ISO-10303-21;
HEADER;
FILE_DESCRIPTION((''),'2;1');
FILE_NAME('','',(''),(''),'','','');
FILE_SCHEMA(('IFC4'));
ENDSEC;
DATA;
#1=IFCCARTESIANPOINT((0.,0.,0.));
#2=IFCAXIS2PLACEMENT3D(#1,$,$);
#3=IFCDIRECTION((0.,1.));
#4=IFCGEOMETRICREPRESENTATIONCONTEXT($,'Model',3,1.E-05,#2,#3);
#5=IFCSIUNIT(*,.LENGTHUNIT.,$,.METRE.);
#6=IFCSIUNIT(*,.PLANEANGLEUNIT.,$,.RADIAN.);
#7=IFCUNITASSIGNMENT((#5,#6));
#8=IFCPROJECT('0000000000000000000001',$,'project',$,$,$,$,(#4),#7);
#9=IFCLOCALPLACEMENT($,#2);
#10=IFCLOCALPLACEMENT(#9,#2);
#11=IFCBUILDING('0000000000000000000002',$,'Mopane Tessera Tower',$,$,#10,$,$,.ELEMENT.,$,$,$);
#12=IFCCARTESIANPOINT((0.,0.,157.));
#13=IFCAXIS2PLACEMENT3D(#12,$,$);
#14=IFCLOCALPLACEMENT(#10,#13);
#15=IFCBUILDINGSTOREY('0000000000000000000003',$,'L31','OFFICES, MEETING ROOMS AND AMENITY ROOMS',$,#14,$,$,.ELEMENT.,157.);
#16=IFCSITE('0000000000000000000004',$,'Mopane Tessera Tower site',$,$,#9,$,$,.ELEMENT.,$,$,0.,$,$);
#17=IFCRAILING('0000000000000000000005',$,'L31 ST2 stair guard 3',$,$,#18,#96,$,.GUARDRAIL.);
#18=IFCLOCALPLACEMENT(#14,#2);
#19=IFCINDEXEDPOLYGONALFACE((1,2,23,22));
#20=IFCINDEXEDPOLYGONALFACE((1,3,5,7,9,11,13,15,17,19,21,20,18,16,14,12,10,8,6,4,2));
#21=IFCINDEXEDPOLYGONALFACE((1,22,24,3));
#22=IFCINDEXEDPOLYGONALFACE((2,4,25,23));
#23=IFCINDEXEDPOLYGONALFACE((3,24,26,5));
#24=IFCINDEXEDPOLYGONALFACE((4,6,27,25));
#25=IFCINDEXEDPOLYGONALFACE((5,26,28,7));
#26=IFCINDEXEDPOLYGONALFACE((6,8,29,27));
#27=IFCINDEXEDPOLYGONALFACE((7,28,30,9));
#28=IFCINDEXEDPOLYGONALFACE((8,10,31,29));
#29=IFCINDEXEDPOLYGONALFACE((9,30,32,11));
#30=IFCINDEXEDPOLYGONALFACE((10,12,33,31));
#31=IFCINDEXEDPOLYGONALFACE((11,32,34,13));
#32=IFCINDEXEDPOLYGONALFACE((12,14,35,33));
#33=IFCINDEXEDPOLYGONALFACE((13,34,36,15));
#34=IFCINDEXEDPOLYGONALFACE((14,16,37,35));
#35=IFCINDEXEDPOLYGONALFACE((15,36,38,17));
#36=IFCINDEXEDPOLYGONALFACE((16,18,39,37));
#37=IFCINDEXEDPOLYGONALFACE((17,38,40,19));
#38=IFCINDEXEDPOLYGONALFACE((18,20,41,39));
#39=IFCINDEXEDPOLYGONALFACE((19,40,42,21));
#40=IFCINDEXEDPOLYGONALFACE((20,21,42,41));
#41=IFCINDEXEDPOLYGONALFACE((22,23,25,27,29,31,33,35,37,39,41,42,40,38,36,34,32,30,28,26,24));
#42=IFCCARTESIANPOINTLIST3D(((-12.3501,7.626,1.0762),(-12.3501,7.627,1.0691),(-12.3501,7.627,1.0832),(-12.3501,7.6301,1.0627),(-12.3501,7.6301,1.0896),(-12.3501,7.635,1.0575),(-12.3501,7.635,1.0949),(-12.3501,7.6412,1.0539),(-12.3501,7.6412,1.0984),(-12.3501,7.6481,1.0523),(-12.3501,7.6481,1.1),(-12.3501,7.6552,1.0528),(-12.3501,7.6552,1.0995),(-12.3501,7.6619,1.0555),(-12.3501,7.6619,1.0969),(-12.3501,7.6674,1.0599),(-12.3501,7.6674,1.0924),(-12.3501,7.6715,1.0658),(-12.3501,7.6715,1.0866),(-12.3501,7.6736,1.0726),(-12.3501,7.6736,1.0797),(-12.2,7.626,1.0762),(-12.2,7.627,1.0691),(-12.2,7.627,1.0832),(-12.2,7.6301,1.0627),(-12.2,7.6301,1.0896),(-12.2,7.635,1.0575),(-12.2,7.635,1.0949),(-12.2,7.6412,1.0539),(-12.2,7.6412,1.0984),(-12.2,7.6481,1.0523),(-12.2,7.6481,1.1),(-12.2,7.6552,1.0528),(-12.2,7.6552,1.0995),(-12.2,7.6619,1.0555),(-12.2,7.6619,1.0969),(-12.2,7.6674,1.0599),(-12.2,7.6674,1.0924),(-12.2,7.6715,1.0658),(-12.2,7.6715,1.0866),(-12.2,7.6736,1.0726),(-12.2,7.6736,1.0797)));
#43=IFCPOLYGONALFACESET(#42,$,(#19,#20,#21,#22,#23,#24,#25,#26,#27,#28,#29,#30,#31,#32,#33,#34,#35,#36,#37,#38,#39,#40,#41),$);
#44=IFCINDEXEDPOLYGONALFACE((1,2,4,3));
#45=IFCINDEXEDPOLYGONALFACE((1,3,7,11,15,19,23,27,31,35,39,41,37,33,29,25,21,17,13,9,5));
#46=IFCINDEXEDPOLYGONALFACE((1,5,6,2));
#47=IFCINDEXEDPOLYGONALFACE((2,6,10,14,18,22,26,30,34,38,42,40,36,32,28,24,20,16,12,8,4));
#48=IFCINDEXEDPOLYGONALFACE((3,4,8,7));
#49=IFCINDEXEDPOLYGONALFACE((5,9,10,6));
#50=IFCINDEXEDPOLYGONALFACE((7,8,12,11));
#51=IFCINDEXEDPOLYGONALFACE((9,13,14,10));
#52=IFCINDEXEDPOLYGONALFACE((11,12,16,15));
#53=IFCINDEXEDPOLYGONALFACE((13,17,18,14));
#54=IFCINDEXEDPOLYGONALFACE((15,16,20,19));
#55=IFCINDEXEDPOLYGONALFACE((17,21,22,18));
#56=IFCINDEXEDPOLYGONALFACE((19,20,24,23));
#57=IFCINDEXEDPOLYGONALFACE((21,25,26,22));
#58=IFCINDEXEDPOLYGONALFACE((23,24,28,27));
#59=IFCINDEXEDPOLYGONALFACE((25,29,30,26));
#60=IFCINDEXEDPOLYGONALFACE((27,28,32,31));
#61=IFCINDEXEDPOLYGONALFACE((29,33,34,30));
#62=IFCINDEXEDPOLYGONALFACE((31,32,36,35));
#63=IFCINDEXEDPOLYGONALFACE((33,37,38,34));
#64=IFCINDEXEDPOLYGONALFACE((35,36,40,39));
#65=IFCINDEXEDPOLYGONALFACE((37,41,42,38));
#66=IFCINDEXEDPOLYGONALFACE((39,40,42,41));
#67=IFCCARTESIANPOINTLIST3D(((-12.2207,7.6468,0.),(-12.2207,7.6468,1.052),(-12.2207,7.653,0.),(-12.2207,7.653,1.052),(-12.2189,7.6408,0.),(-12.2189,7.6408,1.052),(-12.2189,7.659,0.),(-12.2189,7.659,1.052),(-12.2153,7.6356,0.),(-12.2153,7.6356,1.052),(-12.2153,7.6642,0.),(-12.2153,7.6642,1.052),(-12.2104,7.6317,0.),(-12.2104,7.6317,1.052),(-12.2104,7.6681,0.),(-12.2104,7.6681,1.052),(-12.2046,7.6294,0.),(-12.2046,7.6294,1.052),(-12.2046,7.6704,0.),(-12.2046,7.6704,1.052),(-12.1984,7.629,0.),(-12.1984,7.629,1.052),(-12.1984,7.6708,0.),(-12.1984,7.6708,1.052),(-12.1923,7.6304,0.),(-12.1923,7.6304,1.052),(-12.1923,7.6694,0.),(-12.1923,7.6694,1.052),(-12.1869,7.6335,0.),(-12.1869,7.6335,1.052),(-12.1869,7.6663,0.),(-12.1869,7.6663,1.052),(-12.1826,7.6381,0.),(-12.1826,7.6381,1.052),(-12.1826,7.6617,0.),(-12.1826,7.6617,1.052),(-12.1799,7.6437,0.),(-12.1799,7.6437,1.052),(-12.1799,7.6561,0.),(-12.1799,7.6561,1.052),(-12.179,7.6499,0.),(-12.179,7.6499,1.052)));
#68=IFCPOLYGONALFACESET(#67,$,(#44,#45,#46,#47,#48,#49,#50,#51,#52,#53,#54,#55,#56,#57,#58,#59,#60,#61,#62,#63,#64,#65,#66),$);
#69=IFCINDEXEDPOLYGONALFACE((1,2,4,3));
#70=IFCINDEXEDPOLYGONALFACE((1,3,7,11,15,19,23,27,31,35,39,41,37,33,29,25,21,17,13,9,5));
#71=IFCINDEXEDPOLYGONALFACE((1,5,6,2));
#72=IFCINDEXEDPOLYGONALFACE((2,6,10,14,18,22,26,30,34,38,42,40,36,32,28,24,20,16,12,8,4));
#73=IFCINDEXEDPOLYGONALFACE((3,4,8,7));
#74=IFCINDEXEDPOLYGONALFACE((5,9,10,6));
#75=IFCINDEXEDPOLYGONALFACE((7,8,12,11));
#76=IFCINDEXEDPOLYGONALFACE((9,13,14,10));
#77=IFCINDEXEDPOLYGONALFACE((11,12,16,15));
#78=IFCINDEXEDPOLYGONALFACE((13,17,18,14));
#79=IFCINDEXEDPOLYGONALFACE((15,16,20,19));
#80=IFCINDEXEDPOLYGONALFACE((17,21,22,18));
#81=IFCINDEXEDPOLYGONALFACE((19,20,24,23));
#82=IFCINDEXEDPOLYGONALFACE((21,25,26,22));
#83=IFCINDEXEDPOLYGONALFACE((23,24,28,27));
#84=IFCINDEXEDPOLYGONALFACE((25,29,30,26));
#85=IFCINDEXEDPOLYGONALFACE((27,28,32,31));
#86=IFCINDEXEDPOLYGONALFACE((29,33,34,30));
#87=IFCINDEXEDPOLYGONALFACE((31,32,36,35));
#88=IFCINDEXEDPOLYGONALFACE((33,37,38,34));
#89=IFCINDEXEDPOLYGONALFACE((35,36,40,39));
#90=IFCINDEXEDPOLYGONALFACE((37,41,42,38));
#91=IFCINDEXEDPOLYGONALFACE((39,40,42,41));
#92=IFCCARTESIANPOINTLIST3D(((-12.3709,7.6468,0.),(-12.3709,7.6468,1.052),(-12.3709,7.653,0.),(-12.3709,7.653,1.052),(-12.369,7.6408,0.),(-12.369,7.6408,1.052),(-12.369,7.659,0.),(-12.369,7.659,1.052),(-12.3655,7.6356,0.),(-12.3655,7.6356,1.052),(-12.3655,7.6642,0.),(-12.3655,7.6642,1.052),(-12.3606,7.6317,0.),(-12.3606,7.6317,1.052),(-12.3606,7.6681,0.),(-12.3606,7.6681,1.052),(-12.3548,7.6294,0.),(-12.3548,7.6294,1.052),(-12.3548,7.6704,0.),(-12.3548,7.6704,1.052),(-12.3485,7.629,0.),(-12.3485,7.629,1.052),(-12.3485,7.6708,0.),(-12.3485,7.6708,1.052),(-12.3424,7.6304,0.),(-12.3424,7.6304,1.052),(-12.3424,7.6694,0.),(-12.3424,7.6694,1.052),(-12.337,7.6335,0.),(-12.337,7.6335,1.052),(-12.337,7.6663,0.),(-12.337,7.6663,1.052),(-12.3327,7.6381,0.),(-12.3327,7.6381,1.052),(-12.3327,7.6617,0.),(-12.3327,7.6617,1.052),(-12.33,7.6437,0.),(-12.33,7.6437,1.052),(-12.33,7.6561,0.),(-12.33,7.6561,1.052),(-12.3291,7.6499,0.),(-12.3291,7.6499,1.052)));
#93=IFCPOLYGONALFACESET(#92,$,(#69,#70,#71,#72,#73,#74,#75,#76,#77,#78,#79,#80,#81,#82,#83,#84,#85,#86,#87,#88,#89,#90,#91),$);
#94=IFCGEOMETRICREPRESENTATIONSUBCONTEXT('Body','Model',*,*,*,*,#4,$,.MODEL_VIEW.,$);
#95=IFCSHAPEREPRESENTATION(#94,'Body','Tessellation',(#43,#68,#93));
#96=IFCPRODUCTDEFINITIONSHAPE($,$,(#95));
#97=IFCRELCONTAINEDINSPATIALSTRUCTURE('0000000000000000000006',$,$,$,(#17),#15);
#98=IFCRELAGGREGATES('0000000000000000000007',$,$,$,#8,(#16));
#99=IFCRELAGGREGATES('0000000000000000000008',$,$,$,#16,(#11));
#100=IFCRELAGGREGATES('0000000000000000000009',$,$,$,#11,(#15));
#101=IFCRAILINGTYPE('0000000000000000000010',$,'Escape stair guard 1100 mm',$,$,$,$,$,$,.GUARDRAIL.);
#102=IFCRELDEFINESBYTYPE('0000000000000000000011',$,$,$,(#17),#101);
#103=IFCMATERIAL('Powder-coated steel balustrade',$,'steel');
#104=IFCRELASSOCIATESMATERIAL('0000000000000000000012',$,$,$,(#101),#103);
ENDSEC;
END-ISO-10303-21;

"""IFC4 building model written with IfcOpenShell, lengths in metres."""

from ifc_helpers import new_model, si_unit, direction, frame, origin, origin_2d, place, context, subcontext, project, spatial, circle, extrude, material, type_object, element, save


model = new_model("IFC4")

# Units and contexts
model_context = context("Model", 3, precision=1e-05, world=origin(), true_north=direction((0.0, 1.0)))
body_context = subcontext(model_context, "Body", "Model", "MODEL_VIEW")
ifc_project = project(units=[si_unit("LENGTHUNIT", "METRE"), si_unit("PLANEANGLEUNIT", "RADIAN")], contexts=[model_context])

# Site, building, storey
site_placement = place(None, origin())
site = spatial("IfcSite", under=ifc_project, at=site_placement, Name="Mopane Tessera Tower site", CompositionType="ELEMENT", RefElevation=0.0)
building_placement = place(site_placement, origin())
building = spatial("IfcBuilding", under=site, at=building_placement, Name="Mopane Tessera Tower", CompositionType="ELEMENT")
storey_placement = place(building_placement, frame((0.0, 0.0, 157.0)))
storey = spatial("IfcBuildingStorey", under=building, at=storey_placement, Name="L31", Description="OFFICES, MEETING ROOMS AND AMENITY ROOMS", CompositionType="ELEMENT", Elevation=157.0)

# Railing
ifc_material_1 = material(Name="Powder-coated steel balustrade", Category="steel")
railing_type_1 = type_object("IfcRailingType", Name="Escape stair guard 1100 mm", PredefinedType="GUARDRAIL", material=ifc_material_1)
railing_1_placement = place(storey_placement, frame((-12.2, 7.6499, 0.0)))
element("IfcRailing", 1, at=railing_1_placement, inside=storey, type_object=railing_type_1, Name="L31 ST2 stair guard 3", PredefinedType="GUARDRAIL", context=body_context, shape_type="SweptSolid", body=[
    extrude(circle(Radius=0.0239, at=origin_2d()), frame((0.0, 0.0, 1.0762), z_axis=(-1.0, 0.0, 0.0), x_axis=(0.0, -1.0, 0.0)), (0.0, 0.0, 1.0), 0.1501),
    extrude(circle(Radius=0.021, at=origin_2d()), origin(), (0.0, 0.0, 1.0), 1.052),
    extrude(circle(Radius=0.021, at=origin_2d()), frame((-0.1501, 0.0, 0.0)), (0.0, 0.0, 1.0), 1.052),
])

save(model, "model.ifc")
